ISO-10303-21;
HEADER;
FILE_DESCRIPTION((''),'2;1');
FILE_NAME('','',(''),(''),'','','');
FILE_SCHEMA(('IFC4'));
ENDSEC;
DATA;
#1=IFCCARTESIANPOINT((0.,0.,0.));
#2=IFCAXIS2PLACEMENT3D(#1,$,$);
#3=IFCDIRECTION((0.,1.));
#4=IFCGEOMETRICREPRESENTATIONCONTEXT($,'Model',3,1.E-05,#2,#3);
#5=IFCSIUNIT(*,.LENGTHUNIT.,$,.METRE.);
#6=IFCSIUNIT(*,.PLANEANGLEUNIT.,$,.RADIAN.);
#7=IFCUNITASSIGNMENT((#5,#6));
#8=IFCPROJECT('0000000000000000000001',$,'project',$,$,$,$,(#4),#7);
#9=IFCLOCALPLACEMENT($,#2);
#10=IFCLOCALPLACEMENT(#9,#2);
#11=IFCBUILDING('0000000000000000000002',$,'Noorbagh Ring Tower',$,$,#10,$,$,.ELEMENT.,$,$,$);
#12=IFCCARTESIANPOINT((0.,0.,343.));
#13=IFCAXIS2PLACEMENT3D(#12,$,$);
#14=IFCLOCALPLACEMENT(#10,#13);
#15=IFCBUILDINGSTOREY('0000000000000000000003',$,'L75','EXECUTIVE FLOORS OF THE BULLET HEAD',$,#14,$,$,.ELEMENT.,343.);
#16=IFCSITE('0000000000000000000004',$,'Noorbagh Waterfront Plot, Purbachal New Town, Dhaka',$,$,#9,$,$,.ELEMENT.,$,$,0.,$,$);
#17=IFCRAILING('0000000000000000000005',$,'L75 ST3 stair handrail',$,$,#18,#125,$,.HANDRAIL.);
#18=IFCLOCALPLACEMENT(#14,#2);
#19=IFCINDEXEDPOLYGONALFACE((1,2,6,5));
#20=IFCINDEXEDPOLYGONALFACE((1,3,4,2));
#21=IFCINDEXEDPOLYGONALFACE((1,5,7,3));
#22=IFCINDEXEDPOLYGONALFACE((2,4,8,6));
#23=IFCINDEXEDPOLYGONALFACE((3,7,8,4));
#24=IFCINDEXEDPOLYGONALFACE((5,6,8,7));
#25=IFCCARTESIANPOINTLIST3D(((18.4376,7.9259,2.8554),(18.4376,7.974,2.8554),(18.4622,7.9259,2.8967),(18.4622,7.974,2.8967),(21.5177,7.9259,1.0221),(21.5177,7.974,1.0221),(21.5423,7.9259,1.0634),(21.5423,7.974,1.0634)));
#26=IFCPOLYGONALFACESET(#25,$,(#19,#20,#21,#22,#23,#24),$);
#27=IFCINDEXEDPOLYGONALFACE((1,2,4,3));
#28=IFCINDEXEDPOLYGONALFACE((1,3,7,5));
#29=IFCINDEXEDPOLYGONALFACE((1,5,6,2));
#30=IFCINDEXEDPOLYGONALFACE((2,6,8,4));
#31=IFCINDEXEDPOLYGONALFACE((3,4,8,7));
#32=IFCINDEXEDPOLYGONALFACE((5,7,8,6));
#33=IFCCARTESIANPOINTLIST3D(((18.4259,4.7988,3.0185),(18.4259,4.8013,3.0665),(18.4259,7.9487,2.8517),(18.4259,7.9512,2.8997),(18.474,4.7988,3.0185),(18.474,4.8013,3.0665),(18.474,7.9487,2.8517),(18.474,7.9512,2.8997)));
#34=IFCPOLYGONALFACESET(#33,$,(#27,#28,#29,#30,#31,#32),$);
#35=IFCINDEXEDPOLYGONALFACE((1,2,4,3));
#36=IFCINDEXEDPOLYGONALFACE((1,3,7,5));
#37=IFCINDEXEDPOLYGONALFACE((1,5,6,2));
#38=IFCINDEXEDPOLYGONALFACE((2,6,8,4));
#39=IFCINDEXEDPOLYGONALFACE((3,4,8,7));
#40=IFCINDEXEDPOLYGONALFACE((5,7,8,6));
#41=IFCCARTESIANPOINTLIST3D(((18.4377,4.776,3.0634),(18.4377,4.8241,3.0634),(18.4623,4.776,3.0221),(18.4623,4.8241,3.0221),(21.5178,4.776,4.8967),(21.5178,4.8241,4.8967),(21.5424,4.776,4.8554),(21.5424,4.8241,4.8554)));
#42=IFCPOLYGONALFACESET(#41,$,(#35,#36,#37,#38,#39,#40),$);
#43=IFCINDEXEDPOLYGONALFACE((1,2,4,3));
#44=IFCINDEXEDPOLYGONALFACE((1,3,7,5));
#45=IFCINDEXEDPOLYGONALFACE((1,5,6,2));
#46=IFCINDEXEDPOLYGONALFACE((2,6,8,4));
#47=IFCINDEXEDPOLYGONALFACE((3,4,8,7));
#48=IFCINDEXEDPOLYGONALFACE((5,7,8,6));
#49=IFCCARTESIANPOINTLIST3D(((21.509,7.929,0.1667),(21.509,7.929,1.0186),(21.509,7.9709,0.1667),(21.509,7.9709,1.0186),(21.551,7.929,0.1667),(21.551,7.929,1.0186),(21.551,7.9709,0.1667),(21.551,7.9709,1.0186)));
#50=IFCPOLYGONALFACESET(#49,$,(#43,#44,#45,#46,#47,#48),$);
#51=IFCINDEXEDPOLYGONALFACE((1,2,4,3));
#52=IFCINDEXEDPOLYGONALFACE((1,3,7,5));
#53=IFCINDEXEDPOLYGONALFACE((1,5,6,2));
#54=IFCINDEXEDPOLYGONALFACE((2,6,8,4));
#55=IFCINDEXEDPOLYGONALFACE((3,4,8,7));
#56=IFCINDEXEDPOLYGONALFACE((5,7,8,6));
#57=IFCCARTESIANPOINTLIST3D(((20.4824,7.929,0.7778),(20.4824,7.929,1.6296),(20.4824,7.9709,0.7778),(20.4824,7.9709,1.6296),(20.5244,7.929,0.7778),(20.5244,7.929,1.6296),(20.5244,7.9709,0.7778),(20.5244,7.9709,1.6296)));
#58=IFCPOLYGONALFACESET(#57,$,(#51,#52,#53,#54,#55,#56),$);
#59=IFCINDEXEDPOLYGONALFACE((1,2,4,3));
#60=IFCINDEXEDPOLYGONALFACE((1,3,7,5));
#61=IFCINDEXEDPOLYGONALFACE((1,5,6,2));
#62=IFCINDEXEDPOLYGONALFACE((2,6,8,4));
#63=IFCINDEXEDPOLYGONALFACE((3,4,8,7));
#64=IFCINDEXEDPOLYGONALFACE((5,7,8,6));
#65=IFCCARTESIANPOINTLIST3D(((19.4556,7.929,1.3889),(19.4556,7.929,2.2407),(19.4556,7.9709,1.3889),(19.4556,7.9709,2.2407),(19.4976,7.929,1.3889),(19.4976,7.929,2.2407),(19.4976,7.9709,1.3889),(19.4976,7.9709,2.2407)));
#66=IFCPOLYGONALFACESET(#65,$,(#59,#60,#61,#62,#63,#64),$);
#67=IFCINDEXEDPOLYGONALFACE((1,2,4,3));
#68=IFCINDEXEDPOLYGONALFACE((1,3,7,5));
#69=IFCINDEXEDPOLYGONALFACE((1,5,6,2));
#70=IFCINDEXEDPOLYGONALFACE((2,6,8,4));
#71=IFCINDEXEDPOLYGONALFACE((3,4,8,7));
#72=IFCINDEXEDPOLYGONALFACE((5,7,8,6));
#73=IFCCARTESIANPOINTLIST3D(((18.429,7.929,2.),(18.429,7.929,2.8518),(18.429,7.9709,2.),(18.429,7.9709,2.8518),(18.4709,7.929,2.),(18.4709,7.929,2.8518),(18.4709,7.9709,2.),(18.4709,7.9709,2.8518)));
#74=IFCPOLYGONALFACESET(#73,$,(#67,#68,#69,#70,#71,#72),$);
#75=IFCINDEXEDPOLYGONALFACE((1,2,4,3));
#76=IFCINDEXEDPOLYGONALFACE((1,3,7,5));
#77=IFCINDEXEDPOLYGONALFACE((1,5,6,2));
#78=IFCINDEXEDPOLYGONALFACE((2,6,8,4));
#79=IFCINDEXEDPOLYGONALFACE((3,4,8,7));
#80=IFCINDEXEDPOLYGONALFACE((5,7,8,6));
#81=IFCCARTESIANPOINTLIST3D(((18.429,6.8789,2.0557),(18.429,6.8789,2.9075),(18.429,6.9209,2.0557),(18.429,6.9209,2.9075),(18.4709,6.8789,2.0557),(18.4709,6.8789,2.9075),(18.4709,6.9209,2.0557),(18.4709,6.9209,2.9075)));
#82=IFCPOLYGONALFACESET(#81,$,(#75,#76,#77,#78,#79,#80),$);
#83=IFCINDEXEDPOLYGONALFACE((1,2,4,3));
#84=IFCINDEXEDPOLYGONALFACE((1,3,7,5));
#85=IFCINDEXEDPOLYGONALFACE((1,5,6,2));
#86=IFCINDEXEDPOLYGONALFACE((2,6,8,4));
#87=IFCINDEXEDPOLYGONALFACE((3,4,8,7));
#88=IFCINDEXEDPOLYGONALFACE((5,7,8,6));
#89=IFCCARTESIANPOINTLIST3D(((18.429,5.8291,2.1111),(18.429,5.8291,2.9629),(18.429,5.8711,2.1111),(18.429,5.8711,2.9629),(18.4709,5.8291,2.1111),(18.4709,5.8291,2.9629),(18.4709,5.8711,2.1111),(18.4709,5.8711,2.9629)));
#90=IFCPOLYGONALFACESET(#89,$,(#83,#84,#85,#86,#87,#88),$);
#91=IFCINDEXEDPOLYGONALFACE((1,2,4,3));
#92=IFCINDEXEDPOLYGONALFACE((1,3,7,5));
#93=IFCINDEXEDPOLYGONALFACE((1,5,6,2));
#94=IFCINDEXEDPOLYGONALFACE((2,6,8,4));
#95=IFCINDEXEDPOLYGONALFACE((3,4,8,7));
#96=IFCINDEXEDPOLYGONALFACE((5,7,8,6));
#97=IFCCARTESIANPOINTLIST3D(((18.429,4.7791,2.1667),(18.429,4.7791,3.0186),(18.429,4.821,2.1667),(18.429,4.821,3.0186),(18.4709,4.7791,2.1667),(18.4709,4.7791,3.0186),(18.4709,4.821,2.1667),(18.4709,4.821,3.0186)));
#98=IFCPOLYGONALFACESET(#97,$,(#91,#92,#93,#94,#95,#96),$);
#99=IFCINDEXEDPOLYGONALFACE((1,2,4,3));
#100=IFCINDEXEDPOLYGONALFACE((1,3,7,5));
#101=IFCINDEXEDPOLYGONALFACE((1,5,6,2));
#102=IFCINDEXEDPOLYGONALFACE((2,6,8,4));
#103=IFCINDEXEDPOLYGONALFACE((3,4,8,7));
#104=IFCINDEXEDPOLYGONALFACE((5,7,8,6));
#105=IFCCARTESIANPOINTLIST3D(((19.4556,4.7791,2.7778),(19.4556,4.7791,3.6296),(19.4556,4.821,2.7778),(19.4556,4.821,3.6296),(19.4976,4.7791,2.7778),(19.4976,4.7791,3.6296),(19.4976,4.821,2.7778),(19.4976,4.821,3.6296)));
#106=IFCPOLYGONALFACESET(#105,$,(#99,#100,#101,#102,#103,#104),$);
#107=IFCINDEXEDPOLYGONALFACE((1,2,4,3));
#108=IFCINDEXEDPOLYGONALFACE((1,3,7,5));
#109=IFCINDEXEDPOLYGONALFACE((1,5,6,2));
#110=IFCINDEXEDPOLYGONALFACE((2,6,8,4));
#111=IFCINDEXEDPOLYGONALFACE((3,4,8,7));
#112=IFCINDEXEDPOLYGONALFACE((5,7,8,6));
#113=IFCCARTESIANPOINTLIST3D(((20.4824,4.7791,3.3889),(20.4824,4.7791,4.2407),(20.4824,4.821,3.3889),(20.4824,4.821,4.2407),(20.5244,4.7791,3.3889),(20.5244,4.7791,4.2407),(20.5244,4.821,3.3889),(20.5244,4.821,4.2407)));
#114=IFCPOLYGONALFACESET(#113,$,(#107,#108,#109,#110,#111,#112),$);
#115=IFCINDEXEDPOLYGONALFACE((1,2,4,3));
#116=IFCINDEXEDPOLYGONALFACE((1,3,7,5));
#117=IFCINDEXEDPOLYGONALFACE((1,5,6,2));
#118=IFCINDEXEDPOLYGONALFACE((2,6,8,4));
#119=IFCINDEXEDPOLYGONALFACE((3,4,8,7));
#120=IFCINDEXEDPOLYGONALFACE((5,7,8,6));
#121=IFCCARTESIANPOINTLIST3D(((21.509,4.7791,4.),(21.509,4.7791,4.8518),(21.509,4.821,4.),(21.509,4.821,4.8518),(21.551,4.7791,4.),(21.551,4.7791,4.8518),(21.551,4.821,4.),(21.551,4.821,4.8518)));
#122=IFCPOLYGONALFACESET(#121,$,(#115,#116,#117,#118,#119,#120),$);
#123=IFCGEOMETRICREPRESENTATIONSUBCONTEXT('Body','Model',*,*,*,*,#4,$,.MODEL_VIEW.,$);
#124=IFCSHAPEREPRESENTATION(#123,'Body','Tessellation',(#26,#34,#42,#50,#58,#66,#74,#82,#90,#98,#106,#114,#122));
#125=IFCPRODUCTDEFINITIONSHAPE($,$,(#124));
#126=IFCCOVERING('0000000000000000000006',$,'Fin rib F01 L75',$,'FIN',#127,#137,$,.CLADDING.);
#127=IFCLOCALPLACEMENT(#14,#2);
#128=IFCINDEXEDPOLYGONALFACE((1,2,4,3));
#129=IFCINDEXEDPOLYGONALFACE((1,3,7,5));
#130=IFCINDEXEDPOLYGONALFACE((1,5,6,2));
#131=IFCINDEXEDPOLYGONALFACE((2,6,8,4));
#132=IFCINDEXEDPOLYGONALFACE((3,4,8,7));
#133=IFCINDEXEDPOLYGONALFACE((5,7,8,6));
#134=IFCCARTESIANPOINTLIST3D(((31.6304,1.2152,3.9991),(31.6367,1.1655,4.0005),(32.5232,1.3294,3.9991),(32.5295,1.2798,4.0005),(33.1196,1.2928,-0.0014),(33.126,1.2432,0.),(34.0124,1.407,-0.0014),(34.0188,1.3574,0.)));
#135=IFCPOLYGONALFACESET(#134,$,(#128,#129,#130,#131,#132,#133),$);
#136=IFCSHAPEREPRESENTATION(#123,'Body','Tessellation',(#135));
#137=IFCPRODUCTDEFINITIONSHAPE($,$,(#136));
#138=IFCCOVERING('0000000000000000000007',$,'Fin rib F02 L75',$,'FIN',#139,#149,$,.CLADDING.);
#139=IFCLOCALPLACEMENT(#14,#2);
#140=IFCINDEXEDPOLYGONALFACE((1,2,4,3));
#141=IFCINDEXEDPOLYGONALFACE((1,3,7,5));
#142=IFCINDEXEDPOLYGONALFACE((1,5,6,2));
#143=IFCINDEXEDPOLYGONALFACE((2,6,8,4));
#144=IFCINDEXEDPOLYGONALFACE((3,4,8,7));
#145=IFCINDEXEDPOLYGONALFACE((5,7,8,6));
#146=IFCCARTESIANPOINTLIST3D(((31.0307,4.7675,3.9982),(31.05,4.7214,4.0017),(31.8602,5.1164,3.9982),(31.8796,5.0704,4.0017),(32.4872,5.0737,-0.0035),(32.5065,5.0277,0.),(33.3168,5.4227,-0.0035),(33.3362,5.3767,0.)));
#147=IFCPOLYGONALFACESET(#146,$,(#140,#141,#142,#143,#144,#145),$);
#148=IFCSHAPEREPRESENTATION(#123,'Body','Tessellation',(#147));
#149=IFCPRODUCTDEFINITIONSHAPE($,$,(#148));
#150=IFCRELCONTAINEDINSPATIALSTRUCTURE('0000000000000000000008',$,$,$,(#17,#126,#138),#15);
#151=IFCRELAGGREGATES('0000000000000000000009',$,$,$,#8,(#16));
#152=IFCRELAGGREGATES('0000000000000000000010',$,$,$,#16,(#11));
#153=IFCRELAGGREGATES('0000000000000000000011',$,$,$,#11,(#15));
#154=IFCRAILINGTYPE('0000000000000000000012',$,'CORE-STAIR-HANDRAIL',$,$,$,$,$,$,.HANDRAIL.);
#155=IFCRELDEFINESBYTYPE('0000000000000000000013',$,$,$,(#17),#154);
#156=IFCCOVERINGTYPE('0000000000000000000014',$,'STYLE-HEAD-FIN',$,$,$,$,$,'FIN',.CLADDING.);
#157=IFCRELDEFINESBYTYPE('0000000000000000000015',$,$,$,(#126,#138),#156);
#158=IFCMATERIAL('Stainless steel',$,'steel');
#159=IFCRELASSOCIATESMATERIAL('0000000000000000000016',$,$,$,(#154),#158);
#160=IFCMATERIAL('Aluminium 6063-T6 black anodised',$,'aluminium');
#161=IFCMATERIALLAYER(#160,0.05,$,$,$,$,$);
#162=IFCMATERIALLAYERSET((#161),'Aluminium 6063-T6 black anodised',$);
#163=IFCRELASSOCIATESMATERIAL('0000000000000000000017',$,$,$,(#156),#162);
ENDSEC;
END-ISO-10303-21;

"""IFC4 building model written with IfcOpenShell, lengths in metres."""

from ifc_helpers import new_model, si_unit, direction, frame, origin, origin_2d, place, context, subcontext, project, spatial, polyline, rectangle, outline, extrude, material, layer, layer_set, type_object, element, save


model = new_model("IFC4")

# Units and contexts
model_context = context("Model", 3, precision=1e-05, world=origin(), true_north=direction((0.0, 1.0)))
body_context = subcontext(model_context, "Body", "Model", "MODEL_VIEW")
ifc_project = project(units=[si_unit("LENGTHUNIT", "METRE"), si_unit("PLANEANGLEUNIT", "RADIAN")], contexts=[model_context])

# Site, building, storey
site_placement = place(None, origin())
site = spatial("IfcSite", under=ifc_project, at=site_placement, Name="Noorbagh Waterfront Plot, Purbachal New Town, Dhaka", CompositionType="ELEMENT", RefElevation=0.0)
building_placement = place(site_placement, origin())
building = spatial("IfcBuilding", under=site, at=building_placement, Name="Noorbagh Ring Tower", CompositionType="ELEMENT")
storey_placement = place(building_placement, frame((0.0, 0.0, 343.0)))
storey = spatial("IfcBuildingStorey", under=building, at=storey_placement, Name="L75", Description="EXECUTIVE FLOORS OF THE BULLET HEAD", CompositionType="ELEMENT", Elevation=343.0)

# Railing
ifc_material_1 = material(Name="Stainless steel", Category="steel")
railing_type_1 = type_object("IfcRailingType", Name="CORE-STAIR-HANDRAIL", PredefinedType="HANDRAIL", material=ifc_material_1)
railing_1_placement = place(storey_placement, frame((21.53, 7.95, 0.1667)))
element("IfcRailing", 1, at=railing_1_placement, inside=storey, type_object=railing_type_1, Name="L75 ST3 stair handrail", PredefinedType="HANDRAIL", context=body_context, shape_type="SweptSolid", body=[
    extrude(rectangle(XDim=0.0481, YDim=0.0481, at=origin_2d()), frame((0.0, 0.0, 0.876), z_axis=(-0.859309, 0.0, 0.511458), x_axis=(0.0, -1.0, 0.0)), (0.0, 0.0, 1.0), 3.5845),
    extrude(rectangle(XDim=0.0481, YDim=0.0481, at=origin_2d()), frame((-3.0801, 0.0, 2.709), z_axis=(0.0, -0.998602, 0.052864), x_axis=(1.0, 0.0, 0.0)), (0.0, 0.0, 1.0), 3.1543),
    extrude(rectangle(XDim=0.0481, YDim=0.0481, at=origin_2d()), frame((-3.0801, -3.1499, 2.876), z_axis=(0.859309, 0.0, 0.511458), x_axis=(0.0, 1.0, 0.0)), (0.0, 0.0, 1.0), 3.5845),
    extrude(rectangle(XDim=0.042, YDim=0.042, at=origin_2d()), origin(), (0.0, 0.0, 1.0), 0.8518),
    extrude(rectangle(XDim=0.042, YDim=0.042, at=origin_2d()), frame((-1.0266, 0.0, 0.6111)), (0.0, 0.0, 1.0), 0.8518),
    extrude(rectangle(XDim=0.042, YDim=0.042, at=origin_2d()), frame((-2.0535, 0.0, 1.2222)), (0.0, 0.0, 1.0), 0.8518),
    extrude(rectangle(XDim=0.042, YDim=0.042, at=origin_2d()), frame((-3.0801, 0.0, 1.8333)), (0.0, 0.0, 1.0), 0.8518),
    extrude(rectangle(XDim=0.042, YDim=0.042, at=origin_2d()), frame((-3.0801, -1.05, 1.8889)), (0.0, 0.0, 1.0), 0.8518),
    extrude(rectangle(XDim=0.042, YDim=0.042, at=origin_2d()), frame((-3.0801, -2.0999, 1.9443)), (0.0, 0.0, 1.0), 0.8518),
    extrude(rectangle(XDim=0.042, YDim=0.042, at=origin_2d()), frame((-3.0801, -3.1499, 2.0)), (0.0, 0.0, 1.0), 0.8518),
    extrude(rectangle(XDim=0.042, YDim=0.042, at=origin_2d()), frame((-2.0535, -3.1499, 2.6111)), (0.0, 0.0, 1.0), 0.8518),
    extrude(rectangle(XDim=0.042, YDim=0.042, at=origin_2d()), frame((-1.0266, -3.1499, 3.2222)), (0.0, 0.0, 1.0), 0.8518),
    extrude(rectangle(XDim=0.042, YDim=0.042, at=origin_2d()), frame((0.0, -3.1499, 3.8333)), (0.0, 0.0, 1.0), 0.8518),
])

# Coverings
ifc_material_2 = material(Name="Aluminium 6063-T6 black anodised", Category="aluminium")
ifc_layer_1 = layer(ifc_material_2, 0.05)
ifc_layer_set_1 = layer_set([ifc_layer_1], Name="Aluminium 6063-T6 black anodised")
covering_type_1 = type_object("IfcCoveringType", Name="STYLE-HEAD-FIN", ElementType="FIN", PredefinedType="CLADDING", material=ifc_layer_set_1)
covering_1_placement = place(storey_placement, frame((34.0188, 1.3574, 0.0), z_axis=(0.126889, -0.991522, 0.027994), x_axis=(-0.348821, -0.018184, 0.937013)))
element("IfcCovering", 2, at=covering_1_placement, inside=storey, type_object=covering_type_1, Name="Fin rib F01 L75", ObjectType="FIN", PredefinedType="CLADDING", context=body_context, shape_type="SweptSolid", body=[
    extrude(outline(polyline([(0.0, 0.0), (4.2694, 0.0), (4.5829, 0.8437), (0.3135, 0.8437), (0.0, 0.0)])), origin(), (0.0, 0.0, -1.0), 0.05),
])
covering_2_placement = place(storey_placement, frame((33.3362, 5.3767, 0.0), z_axis=(0.386809, -0.919467, 0.070419), x_axis=(-0.341157, -0.071739, 0.937265)))
element("IfcCovering", 3, at=covering_2_placement, inside=storey, type_object=covering_type_1, Name="Fin rib F02 L75", ObjectType="FIN", PredefinedType="CLADDING", context=body_context, shape_type="SweptSolid", body=[
    extrude(outline(polyline([(0.0, 0.0), (4.2696, 0.0), (4.5776, 0.8456), (0.3081, 0.8457), (0.0, 0.0)])), origin(), (0.0, 0.0, -1.0), 0.05),
])

save(model, "model.ifc")
